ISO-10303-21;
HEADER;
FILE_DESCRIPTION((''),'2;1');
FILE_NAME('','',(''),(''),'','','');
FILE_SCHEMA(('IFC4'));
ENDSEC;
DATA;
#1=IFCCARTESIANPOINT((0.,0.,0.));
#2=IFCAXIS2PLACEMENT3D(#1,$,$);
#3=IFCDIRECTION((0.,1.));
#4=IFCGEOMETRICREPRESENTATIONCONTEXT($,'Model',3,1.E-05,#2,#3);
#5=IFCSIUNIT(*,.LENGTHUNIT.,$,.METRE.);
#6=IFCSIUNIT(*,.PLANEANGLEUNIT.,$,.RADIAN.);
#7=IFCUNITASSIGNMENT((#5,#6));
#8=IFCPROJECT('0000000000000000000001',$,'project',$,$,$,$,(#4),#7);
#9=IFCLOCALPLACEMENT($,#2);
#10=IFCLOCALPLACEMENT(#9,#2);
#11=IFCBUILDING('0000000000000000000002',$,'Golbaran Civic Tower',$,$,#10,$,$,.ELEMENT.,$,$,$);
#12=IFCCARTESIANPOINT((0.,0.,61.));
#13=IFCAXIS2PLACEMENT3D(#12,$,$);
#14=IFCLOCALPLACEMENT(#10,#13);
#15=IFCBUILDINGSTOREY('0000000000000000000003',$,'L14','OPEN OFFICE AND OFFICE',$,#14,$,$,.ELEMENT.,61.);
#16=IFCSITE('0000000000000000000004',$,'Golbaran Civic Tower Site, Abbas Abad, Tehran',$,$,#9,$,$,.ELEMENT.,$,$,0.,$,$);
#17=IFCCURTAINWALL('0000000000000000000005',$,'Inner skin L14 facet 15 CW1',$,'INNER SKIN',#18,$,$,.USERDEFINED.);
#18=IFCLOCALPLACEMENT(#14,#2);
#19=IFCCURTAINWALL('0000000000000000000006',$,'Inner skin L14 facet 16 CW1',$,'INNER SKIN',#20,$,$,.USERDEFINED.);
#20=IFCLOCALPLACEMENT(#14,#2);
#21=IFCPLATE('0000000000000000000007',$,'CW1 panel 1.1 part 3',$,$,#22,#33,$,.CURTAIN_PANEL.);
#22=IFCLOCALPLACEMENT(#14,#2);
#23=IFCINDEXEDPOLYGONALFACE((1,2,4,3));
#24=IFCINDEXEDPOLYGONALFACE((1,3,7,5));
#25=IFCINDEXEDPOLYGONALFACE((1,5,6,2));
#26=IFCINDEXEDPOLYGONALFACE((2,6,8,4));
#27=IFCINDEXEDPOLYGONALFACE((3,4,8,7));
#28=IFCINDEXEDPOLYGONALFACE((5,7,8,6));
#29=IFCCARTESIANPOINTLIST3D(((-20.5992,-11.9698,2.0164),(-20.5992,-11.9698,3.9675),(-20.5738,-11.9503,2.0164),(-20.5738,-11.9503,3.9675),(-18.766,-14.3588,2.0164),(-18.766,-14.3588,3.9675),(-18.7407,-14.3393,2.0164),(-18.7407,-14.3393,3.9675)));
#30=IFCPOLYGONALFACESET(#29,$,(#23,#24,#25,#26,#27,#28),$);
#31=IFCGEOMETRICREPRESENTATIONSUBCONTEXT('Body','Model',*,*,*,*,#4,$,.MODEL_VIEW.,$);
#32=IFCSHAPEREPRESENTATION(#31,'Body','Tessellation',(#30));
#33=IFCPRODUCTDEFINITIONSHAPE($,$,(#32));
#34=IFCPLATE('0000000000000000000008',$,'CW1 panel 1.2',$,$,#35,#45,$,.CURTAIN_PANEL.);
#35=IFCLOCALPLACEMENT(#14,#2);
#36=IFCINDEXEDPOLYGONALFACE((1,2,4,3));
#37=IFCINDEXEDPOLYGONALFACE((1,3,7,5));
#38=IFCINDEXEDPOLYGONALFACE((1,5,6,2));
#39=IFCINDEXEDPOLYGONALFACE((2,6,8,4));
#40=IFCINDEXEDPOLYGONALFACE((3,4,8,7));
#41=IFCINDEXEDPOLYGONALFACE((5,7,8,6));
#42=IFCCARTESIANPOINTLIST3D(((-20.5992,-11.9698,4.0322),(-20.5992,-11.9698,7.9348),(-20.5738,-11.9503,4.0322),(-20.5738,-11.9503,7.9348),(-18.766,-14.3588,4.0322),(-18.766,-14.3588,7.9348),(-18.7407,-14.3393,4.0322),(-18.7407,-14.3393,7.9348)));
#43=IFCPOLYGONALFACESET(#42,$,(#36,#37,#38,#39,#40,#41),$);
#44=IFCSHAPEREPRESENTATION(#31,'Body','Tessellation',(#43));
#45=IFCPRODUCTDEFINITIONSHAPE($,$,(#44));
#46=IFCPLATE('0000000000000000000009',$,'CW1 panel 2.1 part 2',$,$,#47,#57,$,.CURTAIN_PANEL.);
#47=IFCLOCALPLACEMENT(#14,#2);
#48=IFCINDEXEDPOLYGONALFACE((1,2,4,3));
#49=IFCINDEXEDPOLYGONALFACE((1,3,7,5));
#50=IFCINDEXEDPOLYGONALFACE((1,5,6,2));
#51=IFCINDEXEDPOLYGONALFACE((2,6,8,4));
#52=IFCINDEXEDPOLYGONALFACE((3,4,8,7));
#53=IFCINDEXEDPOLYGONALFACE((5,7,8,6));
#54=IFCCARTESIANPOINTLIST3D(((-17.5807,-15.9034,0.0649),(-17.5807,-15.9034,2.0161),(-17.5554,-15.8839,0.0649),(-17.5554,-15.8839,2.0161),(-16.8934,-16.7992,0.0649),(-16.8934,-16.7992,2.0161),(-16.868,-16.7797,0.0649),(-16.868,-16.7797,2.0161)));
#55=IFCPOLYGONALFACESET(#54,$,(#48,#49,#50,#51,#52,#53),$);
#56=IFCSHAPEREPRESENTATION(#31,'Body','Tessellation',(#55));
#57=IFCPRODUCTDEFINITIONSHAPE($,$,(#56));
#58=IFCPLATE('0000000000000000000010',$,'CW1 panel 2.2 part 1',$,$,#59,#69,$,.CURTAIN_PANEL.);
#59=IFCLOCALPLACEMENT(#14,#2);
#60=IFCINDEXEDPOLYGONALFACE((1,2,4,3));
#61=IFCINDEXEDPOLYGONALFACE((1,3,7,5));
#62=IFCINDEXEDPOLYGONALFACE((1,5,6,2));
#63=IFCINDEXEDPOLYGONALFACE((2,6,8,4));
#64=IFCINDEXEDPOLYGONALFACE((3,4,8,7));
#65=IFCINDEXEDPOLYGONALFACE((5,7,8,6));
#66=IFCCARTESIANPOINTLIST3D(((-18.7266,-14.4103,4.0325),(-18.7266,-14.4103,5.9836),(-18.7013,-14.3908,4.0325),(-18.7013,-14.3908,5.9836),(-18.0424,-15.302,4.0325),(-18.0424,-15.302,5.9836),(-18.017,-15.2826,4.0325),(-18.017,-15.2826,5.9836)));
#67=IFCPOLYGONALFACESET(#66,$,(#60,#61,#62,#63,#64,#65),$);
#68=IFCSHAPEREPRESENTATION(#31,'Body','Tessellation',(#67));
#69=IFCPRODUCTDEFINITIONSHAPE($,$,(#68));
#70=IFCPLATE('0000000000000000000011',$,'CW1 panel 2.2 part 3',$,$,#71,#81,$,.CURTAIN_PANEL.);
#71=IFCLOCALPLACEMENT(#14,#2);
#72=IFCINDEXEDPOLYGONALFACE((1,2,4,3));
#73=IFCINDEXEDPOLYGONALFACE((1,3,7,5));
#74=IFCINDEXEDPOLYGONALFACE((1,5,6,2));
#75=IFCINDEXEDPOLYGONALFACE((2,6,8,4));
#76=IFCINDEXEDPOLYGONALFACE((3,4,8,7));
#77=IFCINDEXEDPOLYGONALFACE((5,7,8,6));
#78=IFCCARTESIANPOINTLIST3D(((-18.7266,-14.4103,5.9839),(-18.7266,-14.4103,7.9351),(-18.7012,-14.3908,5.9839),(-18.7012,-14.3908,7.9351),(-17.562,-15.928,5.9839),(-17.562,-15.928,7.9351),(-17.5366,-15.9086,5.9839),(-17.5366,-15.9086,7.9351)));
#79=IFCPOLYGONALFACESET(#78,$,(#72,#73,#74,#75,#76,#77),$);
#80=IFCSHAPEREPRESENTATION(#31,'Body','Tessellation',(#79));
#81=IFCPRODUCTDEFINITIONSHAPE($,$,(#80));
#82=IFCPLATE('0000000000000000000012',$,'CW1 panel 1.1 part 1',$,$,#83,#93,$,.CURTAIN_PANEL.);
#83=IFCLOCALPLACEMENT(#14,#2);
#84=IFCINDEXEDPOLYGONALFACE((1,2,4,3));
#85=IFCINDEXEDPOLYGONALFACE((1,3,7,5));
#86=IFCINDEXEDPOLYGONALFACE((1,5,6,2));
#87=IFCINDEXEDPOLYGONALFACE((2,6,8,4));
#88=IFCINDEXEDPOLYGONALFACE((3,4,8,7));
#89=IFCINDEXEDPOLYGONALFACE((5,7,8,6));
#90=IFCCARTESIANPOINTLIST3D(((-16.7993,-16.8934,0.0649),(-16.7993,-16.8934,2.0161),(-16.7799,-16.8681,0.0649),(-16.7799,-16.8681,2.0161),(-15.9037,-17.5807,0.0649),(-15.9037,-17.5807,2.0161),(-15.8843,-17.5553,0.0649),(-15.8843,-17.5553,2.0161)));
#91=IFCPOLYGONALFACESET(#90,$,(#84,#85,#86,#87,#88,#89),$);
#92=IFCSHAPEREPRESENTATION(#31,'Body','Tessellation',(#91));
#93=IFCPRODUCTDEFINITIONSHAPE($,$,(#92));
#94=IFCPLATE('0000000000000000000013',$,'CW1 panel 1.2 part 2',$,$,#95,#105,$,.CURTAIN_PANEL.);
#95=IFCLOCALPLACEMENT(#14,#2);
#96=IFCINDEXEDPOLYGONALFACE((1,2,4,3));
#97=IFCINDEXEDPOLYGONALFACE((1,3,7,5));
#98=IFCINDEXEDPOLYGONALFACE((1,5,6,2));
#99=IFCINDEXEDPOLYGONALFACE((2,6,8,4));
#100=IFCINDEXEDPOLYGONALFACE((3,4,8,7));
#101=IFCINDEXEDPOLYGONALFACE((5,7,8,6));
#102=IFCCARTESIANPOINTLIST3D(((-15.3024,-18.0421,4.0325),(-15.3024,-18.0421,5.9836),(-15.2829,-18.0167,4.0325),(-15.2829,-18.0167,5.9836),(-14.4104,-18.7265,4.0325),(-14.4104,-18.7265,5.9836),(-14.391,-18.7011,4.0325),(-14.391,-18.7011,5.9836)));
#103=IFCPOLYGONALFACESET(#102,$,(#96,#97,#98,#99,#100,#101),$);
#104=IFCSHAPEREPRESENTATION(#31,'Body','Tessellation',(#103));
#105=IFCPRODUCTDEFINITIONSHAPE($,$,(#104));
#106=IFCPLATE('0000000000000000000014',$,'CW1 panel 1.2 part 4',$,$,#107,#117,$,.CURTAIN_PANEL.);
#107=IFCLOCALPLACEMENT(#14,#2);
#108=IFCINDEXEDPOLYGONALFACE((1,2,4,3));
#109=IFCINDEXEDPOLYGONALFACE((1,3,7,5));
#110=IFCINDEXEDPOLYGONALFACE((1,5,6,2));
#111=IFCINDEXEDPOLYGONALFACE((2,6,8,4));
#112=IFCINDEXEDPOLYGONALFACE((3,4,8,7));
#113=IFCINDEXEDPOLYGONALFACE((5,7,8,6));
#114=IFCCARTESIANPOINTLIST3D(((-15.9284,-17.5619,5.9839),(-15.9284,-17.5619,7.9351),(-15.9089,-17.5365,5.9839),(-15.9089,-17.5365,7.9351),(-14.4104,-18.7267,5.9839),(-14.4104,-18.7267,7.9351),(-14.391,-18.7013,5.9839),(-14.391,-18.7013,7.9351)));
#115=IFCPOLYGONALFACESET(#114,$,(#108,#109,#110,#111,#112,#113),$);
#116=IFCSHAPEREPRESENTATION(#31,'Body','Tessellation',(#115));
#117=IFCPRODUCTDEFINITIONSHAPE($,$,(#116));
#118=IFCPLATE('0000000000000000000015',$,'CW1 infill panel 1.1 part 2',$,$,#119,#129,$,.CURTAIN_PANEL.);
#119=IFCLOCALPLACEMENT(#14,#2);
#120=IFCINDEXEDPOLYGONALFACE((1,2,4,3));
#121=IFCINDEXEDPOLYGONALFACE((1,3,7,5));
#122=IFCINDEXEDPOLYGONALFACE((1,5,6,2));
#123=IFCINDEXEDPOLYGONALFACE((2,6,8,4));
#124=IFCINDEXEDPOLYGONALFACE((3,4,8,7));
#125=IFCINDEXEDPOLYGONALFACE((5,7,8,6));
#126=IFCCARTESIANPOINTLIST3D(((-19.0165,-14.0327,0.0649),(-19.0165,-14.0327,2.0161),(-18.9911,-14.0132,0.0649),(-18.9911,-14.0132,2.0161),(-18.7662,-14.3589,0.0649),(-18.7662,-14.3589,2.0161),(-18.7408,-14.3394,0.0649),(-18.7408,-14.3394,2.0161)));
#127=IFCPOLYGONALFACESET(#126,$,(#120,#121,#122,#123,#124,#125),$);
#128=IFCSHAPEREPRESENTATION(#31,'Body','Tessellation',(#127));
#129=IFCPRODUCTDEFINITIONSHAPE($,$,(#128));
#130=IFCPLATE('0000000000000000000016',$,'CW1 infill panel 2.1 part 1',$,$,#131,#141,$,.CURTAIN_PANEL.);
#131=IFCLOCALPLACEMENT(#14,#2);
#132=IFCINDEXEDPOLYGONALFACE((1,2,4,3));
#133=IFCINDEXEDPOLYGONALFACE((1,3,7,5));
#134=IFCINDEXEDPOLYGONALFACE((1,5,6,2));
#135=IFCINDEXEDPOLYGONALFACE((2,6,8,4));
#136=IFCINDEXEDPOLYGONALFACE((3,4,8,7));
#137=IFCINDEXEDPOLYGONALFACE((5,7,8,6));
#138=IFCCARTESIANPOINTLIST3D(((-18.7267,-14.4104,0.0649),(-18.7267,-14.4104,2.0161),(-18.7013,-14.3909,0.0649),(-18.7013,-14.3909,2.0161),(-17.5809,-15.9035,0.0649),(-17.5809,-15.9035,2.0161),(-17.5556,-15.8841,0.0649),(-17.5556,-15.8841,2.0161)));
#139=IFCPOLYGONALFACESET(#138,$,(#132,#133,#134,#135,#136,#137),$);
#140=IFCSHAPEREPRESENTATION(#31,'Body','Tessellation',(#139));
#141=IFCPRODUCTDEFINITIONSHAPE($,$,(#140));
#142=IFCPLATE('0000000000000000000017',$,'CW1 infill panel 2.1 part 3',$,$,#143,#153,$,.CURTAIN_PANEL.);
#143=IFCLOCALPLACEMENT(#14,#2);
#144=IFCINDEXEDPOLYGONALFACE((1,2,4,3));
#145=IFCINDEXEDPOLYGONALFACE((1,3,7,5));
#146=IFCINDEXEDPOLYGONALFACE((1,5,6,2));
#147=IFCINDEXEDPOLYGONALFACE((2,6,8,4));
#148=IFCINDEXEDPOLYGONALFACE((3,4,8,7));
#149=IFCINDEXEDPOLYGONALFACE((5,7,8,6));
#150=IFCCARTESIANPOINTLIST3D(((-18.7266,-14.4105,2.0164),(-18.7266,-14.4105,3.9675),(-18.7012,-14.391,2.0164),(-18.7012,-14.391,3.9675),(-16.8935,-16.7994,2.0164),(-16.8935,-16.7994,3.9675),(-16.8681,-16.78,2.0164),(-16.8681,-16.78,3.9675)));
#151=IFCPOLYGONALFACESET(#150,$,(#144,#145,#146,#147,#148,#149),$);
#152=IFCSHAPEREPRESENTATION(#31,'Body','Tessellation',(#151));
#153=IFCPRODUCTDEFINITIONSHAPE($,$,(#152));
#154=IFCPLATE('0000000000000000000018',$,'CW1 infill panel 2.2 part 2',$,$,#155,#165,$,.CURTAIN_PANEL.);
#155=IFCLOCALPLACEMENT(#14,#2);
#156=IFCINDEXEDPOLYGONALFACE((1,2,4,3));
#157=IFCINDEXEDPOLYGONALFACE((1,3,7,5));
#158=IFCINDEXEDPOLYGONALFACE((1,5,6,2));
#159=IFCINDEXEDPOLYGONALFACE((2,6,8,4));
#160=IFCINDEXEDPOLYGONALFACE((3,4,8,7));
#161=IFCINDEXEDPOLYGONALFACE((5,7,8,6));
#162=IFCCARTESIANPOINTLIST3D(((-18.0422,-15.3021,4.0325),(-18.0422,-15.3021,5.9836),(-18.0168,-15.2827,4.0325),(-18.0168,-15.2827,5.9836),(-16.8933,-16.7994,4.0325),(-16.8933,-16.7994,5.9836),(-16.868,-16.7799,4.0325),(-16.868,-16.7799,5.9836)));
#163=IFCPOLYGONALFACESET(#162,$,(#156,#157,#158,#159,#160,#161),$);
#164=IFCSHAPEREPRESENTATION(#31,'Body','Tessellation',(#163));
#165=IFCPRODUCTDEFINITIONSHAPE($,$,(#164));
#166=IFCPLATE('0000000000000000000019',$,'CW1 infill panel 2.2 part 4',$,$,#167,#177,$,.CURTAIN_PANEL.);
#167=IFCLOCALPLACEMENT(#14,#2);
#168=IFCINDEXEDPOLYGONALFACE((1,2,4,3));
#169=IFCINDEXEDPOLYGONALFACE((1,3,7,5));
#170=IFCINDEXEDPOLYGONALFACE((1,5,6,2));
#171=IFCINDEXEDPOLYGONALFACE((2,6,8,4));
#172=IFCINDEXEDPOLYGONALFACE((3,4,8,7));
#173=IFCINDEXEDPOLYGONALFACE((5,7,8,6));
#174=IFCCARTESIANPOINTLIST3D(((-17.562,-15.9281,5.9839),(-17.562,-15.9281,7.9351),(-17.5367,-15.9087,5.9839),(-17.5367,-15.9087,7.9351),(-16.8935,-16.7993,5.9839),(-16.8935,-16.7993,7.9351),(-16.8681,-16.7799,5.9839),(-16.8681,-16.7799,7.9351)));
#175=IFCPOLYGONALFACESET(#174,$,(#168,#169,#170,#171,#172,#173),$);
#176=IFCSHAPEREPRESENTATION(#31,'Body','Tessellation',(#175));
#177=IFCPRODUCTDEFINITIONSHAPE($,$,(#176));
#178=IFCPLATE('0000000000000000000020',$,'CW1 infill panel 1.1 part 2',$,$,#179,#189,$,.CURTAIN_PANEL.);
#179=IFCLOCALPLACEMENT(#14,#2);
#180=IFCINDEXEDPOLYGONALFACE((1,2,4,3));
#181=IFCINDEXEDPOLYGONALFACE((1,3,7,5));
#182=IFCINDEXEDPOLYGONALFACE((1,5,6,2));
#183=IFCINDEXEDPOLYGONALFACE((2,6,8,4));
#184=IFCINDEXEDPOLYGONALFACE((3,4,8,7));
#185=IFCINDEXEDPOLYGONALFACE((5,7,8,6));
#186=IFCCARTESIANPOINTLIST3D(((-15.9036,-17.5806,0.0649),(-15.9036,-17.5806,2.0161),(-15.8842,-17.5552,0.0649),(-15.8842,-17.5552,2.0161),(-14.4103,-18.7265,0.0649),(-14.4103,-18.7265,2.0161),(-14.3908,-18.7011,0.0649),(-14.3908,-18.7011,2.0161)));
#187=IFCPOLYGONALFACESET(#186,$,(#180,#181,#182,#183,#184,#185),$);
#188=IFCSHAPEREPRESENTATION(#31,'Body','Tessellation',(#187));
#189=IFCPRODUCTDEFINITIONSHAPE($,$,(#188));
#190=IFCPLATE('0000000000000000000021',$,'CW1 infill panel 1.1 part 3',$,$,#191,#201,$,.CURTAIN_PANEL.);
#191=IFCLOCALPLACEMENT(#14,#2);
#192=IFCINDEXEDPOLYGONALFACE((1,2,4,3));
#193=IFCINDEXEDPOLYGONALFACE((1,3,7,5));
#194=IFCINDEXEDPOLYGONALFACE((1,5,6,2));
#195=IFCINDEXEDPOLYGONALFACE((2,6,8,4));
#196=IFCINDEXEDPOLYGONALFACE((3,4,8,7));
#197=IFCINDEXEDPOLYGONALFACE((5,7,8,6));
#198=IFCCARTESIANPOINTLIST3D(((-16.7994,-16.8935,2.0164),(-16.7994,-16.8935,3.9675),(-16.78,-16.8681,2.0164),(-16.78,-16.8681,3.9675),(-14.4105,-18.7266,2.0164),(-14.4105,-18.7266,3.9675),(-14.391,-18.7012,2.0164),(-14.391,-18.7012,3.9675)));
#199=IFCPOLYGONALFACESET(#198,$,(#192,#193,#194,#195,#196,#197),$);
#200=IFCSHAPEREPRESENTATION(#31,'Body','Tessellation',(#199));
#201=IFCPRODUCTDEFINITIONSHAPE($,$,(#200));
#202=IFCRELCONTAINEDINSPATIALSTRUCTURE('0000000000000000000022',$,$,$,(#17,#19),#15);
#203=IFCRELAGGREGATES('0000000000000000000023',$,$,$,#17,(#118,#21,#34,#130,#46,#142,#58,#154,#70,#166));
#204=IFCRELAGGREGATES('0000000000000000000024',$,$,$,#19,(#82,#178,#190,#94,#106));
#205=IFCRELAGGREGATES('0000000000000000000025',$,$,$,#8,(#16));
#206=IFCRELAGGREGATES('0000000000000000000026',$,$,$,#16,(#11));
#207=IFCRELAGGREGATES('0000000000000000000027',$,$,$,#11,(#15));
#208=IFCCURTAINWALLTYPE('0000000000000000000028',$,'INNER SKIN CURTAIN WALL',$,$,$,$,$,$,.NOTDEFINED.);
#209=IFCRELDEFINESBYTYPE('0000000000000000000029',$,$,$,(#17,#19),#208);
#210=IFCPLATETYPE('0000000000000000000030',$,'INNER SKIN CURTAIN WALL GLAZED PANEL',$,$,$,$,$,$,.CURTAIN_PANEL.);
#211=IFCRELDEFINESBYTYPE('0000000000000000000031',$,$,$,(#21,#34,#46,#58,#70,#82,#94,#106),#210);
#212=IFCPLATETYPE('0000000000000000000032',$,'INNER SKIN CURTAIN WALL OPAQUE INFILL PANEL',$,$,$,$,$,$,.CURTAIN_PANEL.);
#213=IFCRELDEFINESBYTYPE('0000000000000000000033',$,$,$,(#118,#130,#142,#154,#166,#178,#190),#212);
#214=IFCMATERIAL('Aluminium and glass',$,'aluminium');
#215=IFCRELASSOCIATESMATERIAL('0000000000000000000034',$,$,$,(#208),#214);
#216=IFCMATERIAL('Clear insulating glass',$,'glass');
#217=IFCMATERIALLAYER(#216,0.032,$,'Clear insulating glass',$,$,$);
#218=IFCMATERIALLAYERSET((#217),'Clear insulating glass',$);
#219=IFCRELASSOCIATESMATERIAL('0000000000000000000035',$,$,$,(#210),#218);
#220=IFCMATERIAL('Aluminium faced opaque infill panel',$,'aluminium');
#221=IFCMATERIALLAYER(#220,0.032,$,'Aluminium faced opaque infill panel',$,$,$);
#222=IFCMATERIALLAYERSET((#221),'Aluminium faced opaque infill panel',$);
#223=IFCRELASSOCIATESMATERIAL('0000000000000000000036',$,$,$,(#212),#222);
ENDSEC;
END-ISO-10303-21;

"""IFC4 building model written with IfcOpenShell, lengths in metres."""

from ifc_helpers import new_model, si_unit, direction, frame, origin, origin_2d, place, context, subcontext, project, spatial, rectangle, extrude, material, layer, layer_set, type_object, element, aggregate, save


model = new_model("IFC4")

# Units and contexts
model_context = context("Model", 3, precision=1e-05, world=origin(), true_north=direction((0.0, 1.0)))
body_context = subcontext(model_context, "Body", "Model", "MODEL_VIEW")
ifc_project = project(units=[si_unit("LENGTHUNIT", "METRE"), si_unit("PLANEANGLEUNIT", "RADIAN")], contexts=[model_context])

# Site, building, storey
site_placement = place(None, origin())
site = spatial("IfcSite", under=ifc_project, at=site_placement, Name="Golbaran Civic Tower Site, Abbas Abad, Tehran", CompositionType="ELEMENT", RefElevation=0.0)
building_placement = place(site_placement, origin())
building = spatial("IfcBuilding", under=site, at=building_placement, Name="Golbaran Civic Tower", CompositionType="ELEMENT")
storey_placement = place(building_placement, frame((0.0, 0.0, 61.0)))
storey = spatial("IfcBuildingStorey", under=building, at=storey_placement, Name="L14", Description="OPEN OFFICE AND OFFICE", CompositionType="ELEMENT", Elevation=61.0)

# Shared definitions
ifc_material_1 = material(Name="Aluminium and glass", Category="aluminium")
curtain_wall_type = type_object("IfcCurtainWallType", Name="INNER SKIN CURTAIN WALL", PredefinedType="NOTDEFINED", material=ifc_material_1)

# Curtain walls
curtain_wall_1_placement = place(storey_placement, origin())
curtain_wall_1 = element("IfcCurtainWall", 1, at=curtain_wall_1_placement, inside=storey, type_object=curtain_wall_type, Name="Inner skin L14 facet 15 CW1", ObjectType="INNER SKIN", PredefinedType="USERDEFINED")
curtain_wall_2_placement = place(storey_placement, origin())
curtain_wall_2 = element("IfcCurtainWall", 2, at=curtain_wall_2_placement, inside=storey, type_object=curtain_wall_type, Name="Inner skin L14 facet 16 CW1", ObjectType="INNER SKIN", PredefinedType="USERDEFINED")

# Plates
ifc_material_2 = material(Name="Clear insulating glass", Category="glass")
ifc_layer_1 = layer(ifc_material_2, 0.032, Name="Clear insulating glass")
ifc_layer_set_1 = layer_set([ifc_layer_1], Name="Clear insulating glass")
plate_type_1 = type_object("IfcPlateType", Name="INNER SKIN CURTAIN WALL GLAZED PANEL", PredefinedType="CURTAIN_PANEL", material=ifc_layer_set_1)
plate_1_placement = place(storey_placement, frame((-19.6699, -13.1545, 2.0164), z_axis=(0.0, 0.0, 1.0), x_axis=(0.608761, -0.793353, 0.0)))
plate_1 = element("IfcPlate", 3, at=plate_1_placement, type_object=plate_type_1, Name="CW1 panel 1.1 part 3", PredefinedType="CURTAIN_PANEL", context=body_context, shape_type="SweptSolid", body=[
    extrude(rectangle(XDim=3.0112, YDim=0.032, at=origin_2d()), origin(), (0.0, 0.0, 1.0), 1.9512),
])
plate_2_placement = place(storey_placement, frame((-19.6699, -13.1545, 4.0322), z_axis=(0.0, 0.0, 1.0), x_axis=(0.608761, -0.793353, 0.0)))
plate_2 = element("IfcPlate", 4, at=plate_2_placement, type_object=plate_type_1, Name="CW1 panel 1.2", PredefinedType="CURTAIN_PANEL", context=body_context, shape_type="SweptSolid", body=[
    extrude(rectangle(XDim=3.0112, YDim=0.032, at=origin_2d()), origin(), (0.0, 0.0, 1.0), 3.9026),
])
plate_3_placement = place(storey_placement, frame((-17.2244, -16.3416, 0.0649), z_axis=(0.0, 0.0, 1.0), x_axis=(0.608761, -0.793353, 0.0)))
plate_3 = element("IfcPlate", 5, at=plate_3_placement, type_object=plate_type_1, Name="CW1 panel 2.1 part 2", PredefinedType="CURTAIN_PANEL", context=body_context, shape_type="SweptSolid", body=[
    extrude(rectangle(XDim=1.1292, YDim=0.032, at=origin_2d()), origin(), (0.0, 0.0, 1.0), 1.9512),
])
plate_4_placement = place(storey_placement, frame((-18.3718, -14.8464, 4.0325), z_axis=(0.0, 0.0, 1.0), x_axis=(0.608761, -0.793353, 0.0)))
plate_4 = element("IfcPlate", 6, at=plate_4_placement, type_object=plate_type_1, Name="CW1 panel 2.2 part 1", PredefinedType="CURTAIN_PANEL", context=body_context, shape_type="SweptSolid", body=[
    extrude(rectangle(XDim=1.124, YDim=0.032, at=origin_2d()), origin(), (0.0, 0.0, 1.0), 1.9512),
])
plate_5_placement = place(storey_placement, frame((-18.1316, -15.1594, 5.9839), z_axis=(0.0, 0.0, 1.0), x_axis=(0.608761, -0.793353, 0.0)))
plate_5 = element("IfcPlate", 7, at=plate_5_placement, type_object=plate_type_1, Name="CW1 panel 2.2 part 3", PredefinedType="CURTAIN_PANEL", context=body_context, shape_type="SweptSolid", body=[
    extrude(rectangle(XDim=1.9131, YDim=0.032, at=origin_2d()), origin(), (0.0, 0.0, 1.0), 1.9512),
])
plate_6_placement = place(storey_placement, frame((-16.3418, -17.2244, 0.0649), z_axis=(0.0, 0.0, 1.0), x_axis=(0.793353, -0.608761, 0.0)))
plate_6 = element("IfcPlate", 8, at=plate_6_placement, type_object=plate_type_1, Name="CW1 panel 1.1 part 1", PredefinedType="CURTAIN_PANEL", context=body_context, shape_type="SweptSolid", body=[
    extrude(rectangle(XDim=1.1289, YDim=0.032, at=origin_2d()), origin(), (0.0, 0.0, 1.0), 1.9512),
])
plate_7_placement = place(storey_placement, frame((-14.8467, -18.3716, 4.0325), z_axis=(0.0, 0.0, 1.0), x_axis=(0.793353, -0.608761, 0.0)))
plate_7 = element("IfcPlate", 9, at=plate_7_placement, type_object=plate_type_1, Name="CW1 panel 1.2 part 2", PredefinedType="CURTAIN_PANEL", context=body_context, shape_type="SweptSolid", body=[
    extrude(rectangle(XDim=1.1243, YDim=0.032, at=origin_2d()), origin(), (0.0, 0.0, 1.0), 1.9512),
])
plate_8_placement = place(storey_placement, frame((-15.1597, -18.1316, 5.9839), z_axis=(0.0, 0.0, 1.0), x_axis=(0.793353, -0.608761, 0.0)))
plate_8 = element("IfcPlate", 10, at=plate_8_placement, type_object=plate_type_1, Name="CW1 panel 1.2 part 4", PredefinedType="CURTAIN_PANEL", context=body_context, shape_type="SweptSolid", body=[
    extrude(rectangle(XDim=1.9133, YDim=0.032, at=origin_2d()), origin(), (0.0, 0.0, 1.0), 1.9512),
])
ifc_material_3 = material(Name="Aluminium faced opaque infill panel", Category="aluminium")
ifc_layer_2 = layer(ifc_material_3, 0.032, Name="Aluminium faced opaque infill panel")
ifc_layer_set_2 = layer_set([ifc_layer_2], Name="Aluminium faced opaque infill panel")
plate_type_2 = type_object("IfcPlateType", Name="INNER SKIN CURTAIN WALL OPAQUE INFILL PANEL", PredefinedType="CURTAIN_PANEL", material=ifc_layer_set_2)
plate_9_placement = place(storey_placement, frame((-18.8787, -14.186, 0.0649), z_axis=(0.0, 0.0, 1.0), x_axis=(0.608761, -0.793353, 0.0)))
plate_9 = element("IfcPlate", 11, at=plate_9_placement, type_object=plate_type_2, Name="CW1 infill panel 1.1 part 2", PredefinedType="CURTAIN_PANEL", context=body_context, shape_type="SweptSolid", body=[
    extrude(rectangle(XDim=0.4111, YDim=0.032, at=origin_2d()), origin(), (0.0, 0.0, 1.0), 1.9512),
])
plate_10_placement = place(storey_placement, frame((-18.1411, -15.1472, 0.0649), z_axis=(0.0, 0.0, 1.0), x_axis=(0.608761, -0.793353, 0.0)))
plate_10 = element("IfcPlate", 12, at=plate_10_placement, type_object=plate_type_2, Name="CW1 infill panel 2.1 part 1", PredefinedType="CURTAIN_PANEL", context=body_context, shape_type="SweptSolid", body=[
    extrude(rectangle(XDim=1.8821, YDim=0.032, at=origin_2d()), origin(), (0.0, 0.0, 1.0), 1.9512),
])
plate_11_placement = place(storey_placement, frame((-17.7974, -15.5952, 2.0164), z_axis=(0.0, 0.0, 1.0), x_axis=(0.608761, -0.793353, 0.0)))
plate_11 = element("IfcPlate", 13, at=plate_11_placement, type_object=plate_type_2, Name="CW1 infill panel 2.1 part 3", PredefinedType="CURTAIN_PANEL", context=body_context, shape_type="SweptSolid", body=[
    extrude(rectangle(XDim=3.0112, YDim=0.032, at=origin_2d()), origin(), (0.0, 0.0, 1.0), 1.9512),
])
plate_12_placement = place(storey_placement, frame((-17.4551, -16.041, 4.0325), z_axis=(0.0, 0.0, 1.0), x_axis=(0.608761, -0.793353, 0.0)))
plate_12 = element("IfcPlate", 14, at=plate_12_placement, type_object=plate_type_2, Name="CW1 infill panel 2.2 part 2", PredefinedType="CURTAIN_PANEL", context=body_context, shape_type="SweptSolid", body=[
    extrude(rectangle(XDim=1.8872, YDim=0.032, at=origin_2d()), origin(), (0.0, 0.0, 1.0), 1.9512),
])
plate_13_placement = place(storey_placement, frame((-17.2151, -16.354, 5.9839), z_axis=(0.0, 0.0, 1.0), x_axis=(0.608761, -0.793353, 0.0)))
plate_13 = element("IfcPlate", 15, at=plate_13_placement, type_object=plate_type_2, Name="CW1 infill panel 2.2 part 4", PredefinedType="CURTAIN_PANEL", context=body_context, shape_type="SweptSolid", body=[
    extrude(rectangle(XDim=1.0981, YDim=0.032, at=origin_2d()), origin(), (0.0, 0.0, 1.0), 1.9512),
])
aggregate(curtain_wall_1, [plate_9, plate_1, plate_2, plate_10, plate_3, plate_11, plate_4, plate_12, plate_5, plate_13])
plate_14_placement = place(storey_placement, frame((-15.1472, -18.1409, 0.0649), z_axis=(0.0, 0.0, 1.0), x_axis=(0.793353, -0.608761, 0.0)))
plate_14 = element("IfcPlate", 16, at=plate_14_placement, type_object=plate_type_2, Name="CW1 infill panel 1.1 part 2", PredefinedType="CURTAIN_PANEL", context=body_context, shape_type="SweptSolid", body=[
    extrude(rectangle(XDim=1.8823, YDim=0.032, at=origin_2d()), origin(), (0.0, 0.0, 1.0), 1.9512),
])
plate_15_placement = place(storey_placement, frame((-15.5952, -17.7974, 2.0164), z_axis=(0.0, 0.0, 1.0), x_axis=(0.793353, -0.608761, 0.0)))
plate_15 = element("IfcPlate", 17, at=plate_15_placement, type_object=plate_type_2, Name="CW1 infill panel 1.1 part 3", PredefinedType="CURTAIN_PANEL", context=body_context, shape_type="SweptSolid", body=[
    extrude(rectangle(XDim=3.0112, YDim=0.032, at=origin_2d()), origin(), (0.0, 0.0, 1.0), 1.9512),
])
aggregate(curtain_wall_2, [plate_6, plate_14, plate_15, plate_7, plate_8])

save(model, "model.ifc")
